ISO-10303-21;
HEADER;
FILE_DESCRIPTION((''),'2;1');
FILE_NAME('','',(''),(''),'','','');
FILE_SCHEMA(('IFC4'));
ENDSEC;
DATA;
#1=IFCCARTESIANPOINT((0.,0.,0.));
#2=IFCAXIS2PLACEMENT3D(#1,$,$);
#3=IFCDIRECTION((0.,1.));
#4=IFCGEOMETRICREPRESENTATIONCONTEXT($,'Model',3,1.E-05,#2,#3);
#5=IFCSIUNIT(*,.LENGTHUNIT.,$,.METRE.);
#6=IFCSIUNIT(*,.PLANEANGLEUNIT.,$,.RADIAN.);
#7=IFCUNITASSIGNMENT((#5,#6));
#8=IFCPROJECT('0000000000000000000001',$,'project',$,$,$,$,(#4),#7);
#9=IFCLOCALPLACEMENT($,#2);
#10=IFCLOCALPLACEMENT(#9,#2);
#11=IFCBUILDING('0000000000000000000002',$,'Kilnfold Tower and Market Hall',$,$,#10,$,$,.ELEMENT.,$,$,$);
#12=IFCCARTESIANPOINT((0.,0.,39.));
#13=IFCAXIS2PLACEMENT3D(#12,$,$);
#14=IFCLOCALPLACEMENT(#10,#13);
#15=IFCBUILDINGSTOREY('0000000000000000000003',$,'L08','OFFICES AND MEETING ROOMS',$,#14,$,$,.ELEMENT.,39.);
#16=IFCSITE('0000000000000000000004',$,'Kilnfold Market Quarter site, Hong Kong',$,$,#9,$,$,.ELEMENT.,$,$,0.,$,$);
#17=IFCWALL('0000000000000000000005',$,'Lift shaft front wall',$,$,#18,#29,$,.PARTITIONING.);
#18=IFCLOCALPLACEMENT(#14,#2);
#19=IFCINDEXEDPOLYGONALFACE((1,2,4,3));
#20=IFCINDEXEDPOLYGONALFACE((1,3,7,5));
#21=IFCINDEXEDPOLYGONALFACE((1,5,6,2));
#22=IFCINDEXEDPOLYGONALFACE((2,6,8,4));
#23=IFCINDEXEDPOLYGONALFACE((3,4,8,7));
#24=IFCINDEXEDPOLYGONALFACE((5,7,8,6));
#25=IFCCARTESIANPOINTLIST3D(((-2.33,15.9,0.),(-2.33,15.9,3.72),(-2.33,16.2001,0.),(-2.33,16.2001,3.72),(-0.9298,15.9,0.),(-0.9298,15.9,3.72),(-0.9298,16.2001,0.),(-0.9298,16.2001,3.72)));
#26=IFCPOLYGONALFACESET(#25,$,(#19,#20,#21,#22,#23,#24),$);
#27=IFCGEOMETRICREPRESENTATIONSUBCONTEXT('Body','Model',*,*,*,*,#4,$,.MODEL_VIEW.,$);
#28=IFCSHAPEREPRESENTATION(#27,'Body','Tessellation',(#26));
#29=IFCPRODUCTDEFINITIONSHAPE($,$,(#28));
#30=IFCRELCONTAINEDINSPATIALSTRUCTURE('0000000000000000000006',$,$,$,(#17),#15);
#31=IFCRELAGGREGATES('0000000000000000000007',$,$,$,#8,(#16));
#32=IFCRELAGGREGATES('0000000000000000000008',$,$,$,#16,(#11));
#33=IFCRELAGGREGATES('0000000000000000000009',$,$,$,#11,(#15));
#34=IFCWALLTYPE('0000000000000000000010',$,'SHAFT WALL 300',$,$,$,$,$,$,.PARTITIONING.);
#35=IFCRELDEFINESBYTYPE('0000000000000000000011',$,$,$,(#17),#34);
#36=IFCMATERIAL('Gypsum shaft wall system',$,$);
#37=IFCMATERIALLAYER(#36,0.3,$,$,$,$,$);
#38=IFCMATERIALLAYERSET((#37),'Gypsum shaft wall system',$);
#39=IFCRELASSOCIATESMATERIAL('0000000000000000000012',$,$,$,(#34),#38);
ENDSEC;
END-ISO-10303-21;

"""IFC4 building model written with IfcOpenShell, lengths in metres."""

from ifc_helpers import new_model, si_unit, direction, frame, frame_2d, origin, place, context, subcontext, project, spatial, rectangle, extrude, source, transform, mapped, material, layer, layer_set, type_object, element, save


model = new_model("IFC4")

# Units and contexts
model_context = context("Model", 3, precision=1e-05, world=origin(), true_north=direction((0.0, 1.0)))
body_context = subcontext(model_context, "Body", "Model", "MODEL_VIEW")
ifc_project = project(units=[si_unit("LENGTHUNIT", "METRE"), si_unit("PLANEANGLEUNIT", "RADIAN")], contexts=[model_context])

# Site, building, storey
site_placement = place(None, origin())
site = spatial("IfcSite", under=ifc_project, at=site_placement, Name="Kilnfold Market Quarter site, Hong Kong", CompositionType="ELEMENT", RefElevation=0.0)
building_placement = place(site_placement, origin())
building = spatial("IfcBuilding", under=site, at=building_placement, Name="Kilnfold Tower and Market Hall", CompositionType="ELEMENT")
storey_placement = place(building_placement, frame((0.0, 0.0, 39.0)))
storey = spatial("IfcBuildingStorey", under=building, at=storey_placement, Name="L08", Description="OFFICES AND MEETING ROOMS", CompositionType="ELEMENT", Elevation=39.0)

# Shared definitions
ifc_material_1 = material(Name="Gypsum shaft wall system")
ifc_layer_1 = layer(ifc_material_1, 0.3)
ifc_layer_set_1 = layer_set([ifc_layer_1], Name="Gypsum shaft wall system")
wall_type_1 = type_object("IfcWallType", Name="SHAFT WALL 300", PredefinedType="PARTITIONING", material=ifc_layer_set_1)

# Wall
shared_shape_1 = source(origin(), body_context, "Body", "SweptSolid", [
    extrude(rectangle(XDim=1.4001, YDim=0.3, at=frame_2d((0.7002, 0.0))), origin(), (0.0, 0.0, 1.0), 3.72),
])
wall_1_placement = place(storey_placement, frame((-2.3301, 16.05, 0.0), z_axis=(0.0, 0.0, 1.0), x_axis=(1.0, 0.0, 0.0)))
element("IfcWall", 1, at=wall_1_placement, inside=storey, type_object=wall_type_1, Name="Lift shaft front wall", PredefinedType="PARTITIONING", context=body_context, shape_type="MappedRepresentation", body=[
    mapped(shared_shape_1, transform((0.0, 0.0, 0.0))),
])

save(model, "model.ifc")
